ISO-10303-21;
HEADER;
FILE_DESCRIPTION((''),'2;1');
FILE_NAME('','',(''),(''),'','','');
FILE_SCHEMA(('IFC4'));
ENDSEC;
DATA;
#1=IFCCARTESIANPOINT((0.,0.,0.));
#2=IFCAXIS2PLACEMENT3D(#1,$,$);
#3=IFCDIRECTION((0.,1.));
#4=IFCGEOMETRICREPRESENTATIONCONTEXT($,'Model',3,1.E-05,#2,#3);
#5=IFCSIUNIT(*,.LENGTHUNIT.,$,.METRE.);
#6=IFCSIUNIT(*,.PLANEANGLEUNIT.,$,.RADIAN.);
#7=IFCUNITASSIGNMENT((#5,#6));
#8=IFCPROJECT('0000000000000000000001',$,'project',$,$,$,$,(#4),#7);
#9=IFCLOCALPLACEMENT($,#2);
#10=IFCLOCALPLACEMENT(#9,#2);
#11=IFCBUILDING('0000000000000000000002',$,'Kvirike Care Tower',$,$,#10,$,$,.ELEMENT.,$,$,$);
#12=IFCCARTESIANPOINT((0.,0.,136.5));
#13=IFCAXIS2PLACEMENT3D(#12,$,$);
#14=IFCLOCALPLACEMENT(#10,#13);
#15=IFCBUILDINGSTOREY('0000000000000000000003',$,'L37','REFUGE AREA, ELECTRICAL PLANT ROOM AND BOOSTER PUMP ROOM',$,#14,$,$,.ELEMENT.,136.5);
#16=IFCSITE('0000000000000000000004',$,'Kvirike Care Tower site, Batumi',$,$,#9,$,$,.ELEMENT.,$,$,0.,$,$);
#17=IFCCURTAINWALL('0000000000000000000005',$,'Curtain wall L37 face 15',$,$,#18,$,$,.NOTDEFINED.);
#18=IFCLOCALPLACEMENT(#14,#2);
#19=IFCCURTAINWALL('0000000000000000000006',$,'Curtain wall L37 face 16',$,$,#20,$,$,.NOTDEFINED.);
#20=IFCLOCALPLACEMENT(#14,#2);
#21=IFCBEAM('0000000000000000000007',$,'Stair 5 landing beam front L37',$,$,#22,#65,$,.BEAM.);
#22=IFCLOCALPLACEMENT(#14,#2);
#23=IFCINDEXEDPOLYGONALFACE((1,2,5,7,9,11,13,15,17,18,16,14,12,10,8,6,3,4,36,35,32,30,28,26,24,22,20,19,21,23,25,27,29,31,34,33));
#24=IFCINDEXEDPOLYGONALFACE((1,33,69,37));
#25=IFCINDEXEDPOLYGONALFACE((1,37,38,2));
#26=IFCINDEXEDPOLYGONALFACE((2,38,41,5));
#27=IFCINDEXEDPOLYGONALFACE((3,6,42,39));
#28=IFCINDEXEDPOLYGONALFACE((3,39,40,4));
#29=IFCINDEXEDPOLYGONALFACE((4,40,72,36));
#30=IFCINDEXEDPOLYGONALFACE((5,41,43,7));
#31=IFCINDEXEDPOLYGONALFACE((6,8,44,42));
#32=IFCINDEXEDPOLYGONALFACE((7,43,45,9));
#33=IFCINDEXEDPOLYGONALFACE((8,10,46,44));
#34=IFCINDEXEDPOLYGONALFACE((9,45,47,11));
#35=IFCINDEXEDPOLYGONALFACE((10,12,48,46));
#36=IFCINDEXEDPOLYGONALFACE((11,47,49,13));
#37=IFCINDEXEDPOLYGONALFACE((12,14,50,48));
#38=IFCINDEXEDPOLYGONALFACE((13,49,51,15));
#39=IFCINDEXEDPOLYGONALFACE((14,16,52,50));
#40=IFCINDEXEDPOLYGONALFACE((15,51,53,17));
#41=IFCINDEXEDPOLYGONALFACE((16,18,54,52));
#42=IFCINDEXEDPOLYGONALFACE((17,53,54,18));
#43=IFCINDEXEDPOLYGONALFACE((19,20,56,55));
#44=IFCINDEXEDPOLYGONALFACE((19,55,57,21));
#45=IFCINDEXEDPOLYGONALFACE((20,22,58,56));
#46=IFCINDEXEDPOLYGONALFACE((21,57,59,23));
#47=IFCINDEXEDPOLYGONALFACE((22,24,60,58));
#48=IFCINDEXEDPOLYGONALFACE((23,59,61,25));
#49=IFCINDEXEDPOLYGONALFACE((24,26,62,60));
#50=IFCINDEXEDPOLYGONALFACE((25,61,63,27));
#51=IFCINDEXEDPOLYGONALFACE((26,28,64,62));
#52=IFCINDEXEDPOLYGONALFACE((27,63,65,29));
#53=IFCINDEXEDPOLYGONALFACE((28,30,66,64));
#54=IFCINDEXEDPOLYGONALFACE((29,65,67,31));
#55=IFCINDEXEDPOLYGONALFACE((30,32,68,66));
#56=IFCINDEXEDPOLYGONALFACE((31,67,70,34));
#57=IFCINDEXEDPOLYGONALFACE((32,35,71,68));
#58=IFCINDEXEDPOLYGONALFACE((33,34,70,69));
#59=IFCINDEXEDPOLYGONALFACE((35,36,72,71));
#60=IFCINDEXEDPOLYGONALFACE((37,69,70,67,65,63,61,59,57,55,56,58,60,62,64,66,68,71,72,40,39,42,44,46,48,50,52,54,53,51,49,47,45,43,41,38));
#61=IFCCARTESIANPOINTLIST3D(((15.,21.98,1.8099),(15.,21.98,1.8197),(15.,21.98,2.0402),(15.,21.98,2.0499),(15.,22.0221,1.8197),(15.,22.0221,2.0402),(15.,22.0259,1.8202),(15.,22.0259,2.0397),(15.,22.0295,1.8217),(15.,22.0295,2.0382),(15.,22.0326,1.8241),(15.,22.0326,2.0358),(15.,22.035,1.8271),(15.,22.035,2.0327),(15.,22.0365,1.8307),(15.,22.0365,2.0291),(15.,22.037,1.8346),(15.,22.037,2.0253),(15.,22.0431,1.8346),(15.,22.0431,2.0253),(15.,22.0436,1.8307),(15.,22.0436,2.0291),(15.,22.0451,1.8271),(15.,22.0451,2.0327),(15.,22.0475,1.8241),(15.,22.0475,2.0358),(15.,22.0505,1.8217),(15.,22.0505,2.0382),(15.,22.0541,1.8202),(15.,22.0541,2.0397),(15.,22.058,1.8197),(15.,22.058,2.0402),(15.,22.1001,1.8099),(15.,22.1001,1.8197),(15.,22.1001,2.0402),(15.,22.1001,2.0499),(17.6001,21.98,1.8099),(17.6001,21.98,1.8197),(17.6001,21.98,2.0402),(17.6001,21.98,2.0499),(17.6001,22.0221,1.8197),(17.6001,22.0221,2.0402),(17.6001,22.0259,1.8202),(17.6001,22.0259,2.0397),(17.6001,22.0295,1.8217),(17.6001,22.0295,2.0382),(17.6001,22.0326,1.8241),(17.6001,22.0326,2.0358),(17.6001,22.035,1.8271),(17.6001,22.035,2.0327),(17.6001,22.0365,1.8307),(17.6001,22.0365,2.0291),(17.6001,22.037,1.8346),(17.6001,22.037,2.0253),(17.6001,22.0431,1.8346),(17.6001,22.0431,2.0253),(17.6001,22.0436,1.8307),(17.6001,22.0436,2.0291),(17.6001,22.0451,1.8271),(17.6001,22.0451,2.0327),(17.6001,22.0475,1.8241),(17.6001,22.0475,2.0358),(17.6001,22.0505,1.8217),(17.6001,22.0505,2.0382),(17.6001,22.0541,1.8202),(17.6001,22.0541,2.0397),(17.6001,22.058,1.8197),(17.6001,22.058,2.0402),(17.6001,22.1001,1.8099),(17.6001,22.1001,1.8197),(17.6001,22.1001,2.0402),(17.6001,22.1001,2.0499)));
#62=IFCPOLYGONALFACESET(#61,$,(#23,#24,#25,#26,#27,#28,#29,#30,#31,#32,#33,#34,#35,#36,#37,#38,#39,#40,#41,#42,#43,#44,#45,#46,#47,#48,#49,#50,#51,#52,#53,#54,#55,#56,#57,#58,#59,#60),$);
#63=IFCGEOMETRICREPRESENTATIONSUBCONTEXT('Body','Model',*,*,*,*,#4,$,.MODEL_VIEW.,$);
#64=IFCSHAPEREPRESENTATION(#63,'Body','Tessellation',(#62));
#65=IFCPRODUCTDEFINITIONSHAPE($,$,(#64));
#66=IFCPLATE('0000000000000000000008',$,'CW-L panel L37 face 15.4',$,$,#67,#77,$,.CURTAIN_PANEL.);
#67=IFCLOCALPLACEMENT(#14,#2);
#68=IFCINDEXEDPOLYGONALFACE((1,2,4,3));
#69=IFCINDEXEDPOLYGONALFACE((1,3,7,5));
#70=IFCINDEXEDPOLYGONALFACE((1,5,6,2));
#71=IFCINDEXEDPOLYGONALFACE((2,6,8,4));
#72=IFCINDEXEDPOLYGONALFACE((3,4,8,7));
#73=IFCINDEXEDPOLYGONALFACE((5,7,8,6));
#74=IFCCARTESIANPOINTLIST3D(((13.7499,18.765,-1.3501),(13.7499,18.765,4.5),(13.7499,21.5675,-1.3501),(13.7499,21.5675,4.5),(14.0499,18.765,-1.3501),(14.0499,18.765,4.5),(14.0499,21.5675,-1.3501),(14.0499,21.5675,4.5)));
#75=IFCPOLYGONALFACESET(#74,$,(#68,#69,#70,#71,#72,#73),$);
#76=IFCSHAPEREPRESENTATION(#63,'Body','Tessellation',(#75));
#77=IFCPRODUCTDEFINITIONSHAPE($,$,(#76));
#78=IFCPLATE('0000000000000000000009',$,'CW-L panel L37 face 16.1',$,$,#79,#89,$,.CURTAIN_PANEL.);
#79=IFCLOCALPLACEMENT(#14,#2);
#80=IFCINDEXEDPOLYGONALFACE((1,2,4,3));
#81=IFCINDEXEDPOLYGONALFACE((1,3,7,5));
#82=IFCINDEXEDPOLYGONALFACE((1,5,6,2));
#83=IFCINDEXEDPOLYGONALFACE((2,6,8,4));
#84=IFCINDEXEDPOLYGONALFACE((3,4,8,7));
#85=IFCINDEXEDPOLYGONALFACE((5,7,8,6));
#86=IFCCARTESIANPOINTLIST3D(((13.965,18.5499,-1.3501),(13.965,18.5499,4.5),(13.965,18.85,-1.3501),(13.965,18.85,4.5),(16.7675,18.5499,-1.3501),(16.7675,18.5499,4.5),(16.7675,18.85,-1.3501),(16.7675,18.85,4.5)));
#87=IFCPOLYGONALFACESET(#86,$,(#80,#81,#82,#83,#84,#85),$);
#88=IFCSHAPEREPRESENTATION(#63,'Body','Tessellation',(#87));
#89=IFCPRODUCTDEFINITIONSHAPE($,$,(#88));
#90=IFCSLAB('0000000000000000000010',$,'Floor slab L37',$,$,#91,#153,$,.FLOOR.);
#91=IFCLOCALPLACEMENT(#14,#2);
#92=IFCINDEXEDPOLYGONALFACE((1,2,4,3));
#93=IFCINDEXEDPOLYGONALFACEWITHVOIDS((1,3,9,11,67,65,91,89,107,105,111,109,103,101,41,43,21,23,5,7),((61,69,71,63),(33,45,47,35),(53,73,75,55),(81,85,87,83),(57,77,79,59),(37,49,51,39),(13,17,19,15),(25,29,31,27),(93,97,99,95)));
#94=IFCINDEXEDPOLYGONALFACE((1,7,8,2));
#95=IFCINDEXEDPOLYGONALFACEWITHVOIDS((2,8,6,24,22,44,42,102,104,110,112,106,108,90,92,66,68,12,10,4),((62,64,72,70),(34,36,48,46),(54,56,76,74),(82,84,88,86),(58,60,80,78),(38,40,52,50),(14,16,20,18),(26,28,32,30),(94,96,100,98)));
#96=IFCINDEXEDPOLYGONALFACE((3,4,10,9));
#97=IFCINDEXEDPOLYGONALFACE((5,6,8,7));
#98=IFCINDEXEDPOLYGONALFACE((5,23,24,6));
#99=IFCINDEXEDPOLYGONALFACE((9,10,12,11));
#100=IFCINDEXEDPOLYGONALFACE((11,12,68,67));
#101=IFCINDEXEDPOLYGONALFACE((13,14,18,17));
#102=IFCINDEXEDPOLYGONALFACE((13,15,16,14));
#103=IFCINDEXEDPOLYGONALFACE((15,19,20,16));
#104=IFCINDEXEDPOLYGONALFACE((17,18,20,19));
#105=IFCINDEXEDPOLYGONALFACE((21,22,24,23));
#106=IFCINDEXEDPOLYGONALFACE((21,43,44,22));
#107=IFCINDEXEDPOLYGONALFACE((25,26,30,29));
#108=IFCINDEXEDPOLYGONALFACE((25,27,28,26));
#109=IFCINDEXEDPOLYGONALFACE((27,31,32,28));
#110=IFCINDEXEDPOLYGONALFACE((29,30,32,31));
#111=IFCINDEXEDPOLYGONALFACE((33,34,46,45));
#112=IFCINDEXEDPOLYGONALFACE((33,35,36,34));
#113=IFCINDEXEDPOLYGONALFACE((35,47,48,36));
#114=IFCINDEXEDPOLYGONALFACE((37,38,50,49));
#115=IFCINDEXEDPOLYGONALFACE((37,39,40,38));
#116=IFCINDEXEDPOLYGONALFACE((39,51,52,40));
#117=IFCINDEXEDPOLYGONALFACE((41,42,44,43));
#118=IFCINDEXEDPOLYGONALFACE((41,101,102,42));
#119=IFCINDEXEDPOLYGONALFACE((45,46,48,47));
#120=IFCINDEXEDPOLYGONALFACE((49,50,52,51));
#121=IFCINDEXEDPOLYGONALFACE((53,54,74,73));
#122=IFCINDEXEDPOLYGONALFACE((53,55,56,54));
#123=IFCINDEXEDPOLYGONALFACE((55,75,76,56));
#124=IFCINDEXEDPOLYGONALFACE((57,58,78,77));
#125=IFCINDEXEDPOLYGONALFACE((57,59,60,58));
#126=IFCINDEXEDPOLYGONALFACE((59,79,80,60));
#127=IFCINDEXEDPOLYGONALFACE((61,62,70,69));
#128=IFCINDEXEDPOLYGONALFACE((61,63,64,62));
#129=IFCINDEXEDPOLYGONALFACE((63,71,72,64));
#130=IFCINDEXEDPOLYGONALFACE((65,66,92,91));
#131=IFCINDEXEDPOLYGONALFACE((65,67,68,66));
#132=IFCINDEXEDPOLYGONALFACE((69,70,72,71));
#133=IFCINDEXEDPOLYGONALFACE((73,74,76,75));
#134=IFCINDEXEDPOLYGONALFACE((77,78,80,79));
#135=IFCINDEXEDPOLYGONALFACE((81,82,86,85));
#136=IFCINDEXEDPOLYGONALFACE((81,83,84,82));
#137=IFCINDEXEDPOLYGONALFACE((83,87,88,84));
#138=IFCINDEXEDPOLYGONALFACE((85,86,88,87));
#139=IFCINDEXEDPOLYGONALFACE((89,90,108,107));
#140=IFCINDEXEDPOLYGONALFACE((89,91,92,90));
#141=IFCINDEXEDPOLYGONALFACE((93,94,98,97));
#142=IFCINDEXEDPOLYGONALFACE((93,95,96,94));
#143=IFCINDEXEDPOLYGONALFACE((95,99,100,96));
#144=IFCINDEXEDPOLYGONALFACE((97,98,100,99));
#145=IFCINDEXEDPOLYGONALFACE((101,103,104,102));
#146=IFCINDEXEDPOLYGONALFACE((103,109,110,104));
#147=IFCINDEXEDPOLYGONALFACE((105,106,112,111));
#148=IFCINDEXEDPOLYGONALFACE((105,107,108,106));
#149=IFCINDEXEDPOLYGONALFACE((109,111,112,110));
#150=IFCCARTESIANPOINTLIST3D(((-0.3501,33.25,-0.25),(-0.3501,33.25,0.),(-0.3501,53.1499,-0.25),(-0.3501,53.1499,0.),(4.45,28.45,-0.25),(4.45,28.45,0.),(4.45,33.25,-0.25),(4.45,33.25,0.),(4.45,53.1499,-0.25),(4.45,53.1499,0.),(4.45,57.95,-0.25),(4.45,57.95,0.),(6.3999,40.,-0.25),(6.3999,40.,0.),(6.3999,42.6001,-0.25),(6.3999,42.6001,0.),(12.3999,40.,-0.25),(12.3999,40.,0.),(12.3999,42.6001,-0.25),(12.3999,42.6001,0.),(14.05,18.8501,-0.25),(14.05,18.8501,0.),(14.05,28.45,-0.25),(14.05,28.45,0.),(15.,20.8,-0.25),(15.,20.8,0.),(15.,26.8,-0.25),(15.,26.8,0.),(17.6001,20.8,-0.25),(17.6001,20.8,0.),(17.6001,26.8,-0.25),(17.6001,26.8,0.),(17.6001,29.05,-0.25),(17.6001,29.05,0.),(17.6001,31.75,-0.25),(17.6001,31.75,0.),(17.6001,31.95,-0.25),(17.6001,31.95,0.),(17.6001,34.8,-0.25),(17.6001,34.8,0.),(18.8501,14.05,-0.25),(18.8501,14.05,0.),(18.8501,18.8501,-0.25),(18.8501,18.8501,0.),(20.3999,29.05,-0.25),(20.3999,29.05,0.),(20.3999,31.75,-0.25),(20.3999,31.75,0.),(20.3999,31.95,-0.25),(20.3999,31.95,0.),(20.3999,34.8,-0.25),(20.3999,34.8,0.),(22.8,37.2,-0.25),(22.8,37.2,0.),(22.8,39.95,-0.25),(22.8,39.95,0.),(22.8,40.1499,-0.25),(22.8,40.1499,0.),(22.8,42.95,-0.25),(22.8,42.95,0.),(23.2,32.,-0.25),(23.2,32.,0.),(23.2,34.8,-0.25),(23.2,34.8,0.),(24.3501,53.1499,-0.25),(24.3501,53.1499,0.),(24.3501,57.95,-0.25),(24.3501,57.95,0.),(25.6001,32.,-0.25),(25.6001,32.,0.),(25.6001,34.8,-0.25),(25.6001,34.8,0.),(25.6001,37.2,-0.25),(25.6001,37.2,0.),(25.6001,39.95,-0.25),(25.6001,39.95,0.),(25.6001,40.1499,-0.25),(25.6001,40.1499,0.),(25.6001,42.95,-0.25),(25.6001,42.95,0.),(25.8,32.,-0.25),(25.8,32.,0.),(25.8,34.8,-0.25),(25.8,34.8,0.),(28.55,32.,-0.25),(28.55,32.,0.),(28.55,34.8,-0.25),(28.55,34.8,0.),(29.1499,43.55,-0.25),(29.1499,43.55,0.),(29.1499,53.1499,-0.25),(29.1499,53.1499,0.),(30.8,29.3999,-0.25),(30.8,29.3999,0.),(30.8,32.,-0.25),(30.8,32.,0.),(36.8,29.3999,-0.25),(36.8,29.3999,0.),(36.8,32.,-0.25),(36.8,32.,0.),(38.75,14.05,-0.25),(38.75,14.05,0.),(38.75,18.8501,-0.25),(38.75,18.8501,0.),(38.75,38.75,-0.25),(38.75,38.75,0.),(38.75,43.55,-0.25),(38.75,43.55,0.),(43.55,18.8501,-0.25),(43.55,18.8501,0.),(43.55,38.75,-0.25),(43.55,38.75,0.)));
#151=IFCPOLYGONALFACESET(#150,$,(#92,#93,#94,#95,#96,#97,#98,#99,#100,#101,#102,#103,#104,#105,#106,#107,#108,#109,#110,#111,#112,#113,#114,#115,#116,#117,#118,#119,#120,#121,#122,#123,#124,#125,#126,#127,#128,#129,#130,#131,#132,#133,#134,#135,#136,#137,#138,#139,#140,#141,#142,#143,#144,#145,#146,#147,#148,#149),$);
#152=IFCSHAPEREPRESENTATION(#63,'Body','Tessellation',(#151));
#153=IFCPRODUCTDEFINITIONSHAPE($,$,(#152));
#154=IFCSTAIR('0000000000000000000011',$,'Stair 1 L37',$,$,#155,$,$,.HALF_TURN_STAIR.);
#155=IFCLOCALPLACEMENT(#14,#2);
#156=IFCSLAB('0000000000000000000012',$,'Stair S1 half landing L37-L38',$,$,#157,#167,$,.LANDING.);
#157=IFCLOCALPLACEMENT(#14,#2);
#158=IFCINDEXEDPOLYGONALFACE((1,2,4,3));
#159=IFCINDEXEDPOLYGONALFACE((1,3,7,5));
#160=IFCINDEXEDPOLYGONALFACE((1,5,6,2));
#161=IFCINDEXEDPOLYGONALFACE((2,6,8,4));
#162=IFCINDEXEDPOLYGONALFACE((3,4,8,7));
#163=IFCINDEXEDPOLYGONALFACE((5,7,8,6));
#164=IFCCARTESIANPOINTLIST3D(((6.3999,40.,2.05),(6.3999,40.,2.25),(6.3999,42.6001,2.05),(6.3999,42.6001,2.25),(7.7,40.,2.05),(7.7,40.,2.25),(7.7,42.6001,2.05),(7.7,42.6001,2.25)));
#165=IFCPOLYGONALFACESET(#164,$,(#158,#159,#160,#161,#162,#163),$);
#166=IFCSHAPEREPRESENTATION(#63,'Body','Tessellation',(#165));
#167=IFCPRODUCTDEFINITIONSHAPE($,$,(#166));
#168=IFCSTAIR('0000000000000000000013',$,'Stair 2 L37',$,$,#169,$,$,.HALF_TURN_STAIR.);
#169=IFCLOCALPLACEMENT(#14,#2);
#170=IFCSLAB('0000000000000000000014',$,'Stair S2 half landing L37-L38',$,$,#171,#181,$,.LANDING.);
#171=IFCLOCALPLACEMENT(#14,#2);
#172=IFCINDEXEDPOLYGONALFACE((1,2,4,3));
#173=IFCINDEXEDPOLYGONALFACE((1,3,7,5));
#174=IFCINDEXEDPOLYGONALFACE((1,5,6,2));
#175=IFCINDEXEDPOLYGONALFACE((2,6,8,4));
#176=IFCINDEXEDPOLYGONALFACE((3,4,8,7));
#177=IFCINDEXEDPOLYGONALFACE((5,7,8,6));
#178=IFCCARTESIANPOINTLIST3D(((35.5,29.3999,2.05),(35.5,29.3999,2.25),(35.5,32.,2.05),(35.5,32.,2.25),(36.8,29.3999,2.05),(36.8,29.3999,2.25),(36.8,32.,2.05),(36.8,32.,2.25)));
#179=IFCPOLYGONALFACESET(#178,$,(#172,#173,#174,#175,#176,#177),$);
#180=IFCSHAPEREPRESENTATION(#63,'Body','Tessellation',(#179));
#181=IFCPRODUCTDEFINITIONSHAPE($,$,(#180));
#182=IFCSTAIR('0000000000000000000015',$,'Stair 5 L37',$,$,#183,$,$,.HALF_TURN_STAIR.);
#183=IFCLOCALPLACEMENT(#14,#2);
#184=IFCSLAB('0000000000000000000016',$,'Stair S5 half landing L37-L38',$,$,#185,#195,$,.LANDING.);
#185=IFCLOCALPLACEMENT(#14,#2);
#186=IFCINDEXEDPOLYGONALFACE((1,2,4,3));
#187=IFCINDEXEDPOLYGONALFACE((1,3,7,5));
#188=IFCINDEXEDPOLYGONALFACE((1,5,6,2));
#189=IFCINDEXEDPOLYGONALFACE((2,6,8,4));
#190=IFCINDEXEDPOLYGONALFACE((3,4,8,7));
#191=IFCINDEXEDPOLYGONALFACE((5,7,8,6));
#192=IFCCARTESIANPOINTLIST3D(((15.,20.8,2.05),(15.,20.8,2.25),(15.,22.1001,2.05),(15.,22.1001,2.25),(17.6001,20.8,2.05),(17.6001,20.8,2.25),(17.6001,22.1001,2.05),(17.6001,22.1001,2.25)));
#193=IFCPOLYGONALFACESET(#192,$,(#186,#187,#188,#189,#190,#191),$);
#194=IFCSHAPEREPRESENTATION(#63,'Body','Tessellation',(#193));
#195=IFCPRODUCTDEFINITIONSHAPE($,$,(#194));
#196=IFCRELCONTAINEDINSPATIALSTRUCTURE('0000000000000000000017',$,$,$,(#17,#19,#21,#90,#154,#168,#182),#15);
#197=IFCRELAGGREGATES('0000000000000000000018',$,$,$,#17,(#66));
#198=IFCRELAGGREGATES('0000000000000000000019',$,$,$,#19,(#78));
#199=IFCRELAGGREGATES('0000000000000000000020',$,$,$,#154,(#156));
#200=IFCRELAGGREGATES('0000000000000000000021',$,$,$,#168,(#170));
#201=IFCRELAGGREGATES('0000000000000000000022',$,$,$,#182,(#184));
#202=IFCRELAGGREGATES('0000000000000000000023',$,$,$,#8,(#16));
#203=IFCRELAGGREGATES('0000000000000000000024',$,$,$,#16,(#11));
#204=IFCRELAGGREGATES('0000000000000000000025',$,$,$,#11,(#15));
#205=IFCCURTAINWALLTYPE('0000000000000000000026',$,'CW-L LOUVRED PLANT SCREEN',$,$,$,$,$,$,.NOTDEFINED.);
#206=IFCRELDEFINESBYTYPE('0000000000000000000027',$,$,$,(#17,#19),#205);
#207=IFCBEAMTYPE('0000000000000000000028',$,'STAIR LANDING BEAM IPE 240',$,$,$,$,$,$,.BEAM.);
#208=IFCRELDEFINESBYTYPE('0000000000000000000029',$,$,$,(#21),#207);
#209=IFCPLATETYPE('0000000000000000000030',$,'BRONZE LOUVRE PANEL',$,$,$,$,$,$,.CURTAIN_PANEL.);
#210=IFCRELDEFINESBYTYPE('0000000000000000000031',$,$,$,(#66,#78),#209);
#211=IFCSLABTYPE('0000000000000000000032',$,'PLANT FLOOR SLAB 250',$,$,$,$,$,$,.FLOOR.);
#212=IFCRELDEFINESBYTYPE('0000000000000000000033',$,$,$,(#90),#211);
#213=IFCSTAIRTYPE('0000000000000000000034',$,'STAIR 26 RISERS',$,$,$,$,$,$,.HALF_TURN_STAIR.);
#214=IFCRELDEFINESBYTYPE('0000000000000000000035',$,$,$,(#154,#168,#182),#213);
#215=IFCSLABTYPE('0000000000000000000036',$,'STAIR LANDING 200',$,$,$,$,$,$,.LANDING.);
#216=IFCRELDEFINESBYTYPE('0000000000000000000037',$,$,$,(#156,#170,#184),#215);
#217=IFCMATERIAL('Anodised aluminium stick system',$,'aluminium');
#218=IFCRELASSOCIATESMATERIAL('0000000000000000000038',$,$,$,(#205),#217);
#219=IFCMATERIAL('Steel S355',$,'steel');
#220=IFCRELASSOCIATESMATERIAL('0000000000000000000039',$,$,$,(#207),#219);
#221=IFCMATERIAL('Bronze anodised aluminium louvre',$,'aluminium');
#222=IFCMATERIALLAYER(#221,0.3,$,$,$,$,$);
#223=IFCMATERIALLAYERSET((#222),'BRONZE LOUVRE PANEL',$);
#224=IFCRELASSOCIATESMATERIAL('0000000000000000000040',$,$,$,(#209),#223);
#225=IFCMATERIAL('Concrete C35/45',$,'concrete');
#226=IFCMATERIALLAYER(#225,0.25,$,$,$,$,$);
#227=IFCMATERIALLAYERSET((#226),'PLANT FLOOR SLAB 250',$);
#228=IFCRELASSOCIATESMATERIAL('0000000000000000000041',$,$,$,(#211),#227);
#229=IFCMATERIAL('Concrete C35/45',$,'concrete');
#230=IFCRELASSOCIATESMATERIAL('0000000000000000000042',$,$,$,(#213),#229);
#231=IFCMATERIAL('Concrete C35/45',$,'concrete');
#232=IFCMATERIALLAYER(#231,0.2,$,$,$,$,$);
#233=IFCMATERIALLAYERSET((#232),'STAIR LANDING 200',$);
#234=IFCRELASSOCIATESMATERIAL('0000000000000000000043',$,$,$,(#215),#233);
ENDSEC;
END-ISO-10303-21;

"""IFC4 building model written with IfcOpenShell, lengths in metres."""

from ifc_helpers import new_model, si_unit, direction, frame, origin, origin_2d, place, context, subcontext, project, spatial, polyline, rectangle, i_section, outline, extrude, material, layer, layer_set, material_profile, profile_set, type_object, element, aggregate, save


model = new_model("IFC4")

# Units and contexts
model_context = context("Model", 3, precision=1e-05, world=origin(), true_north=direction((0.0, 1.0)))
body_context = subcontext(model_context, "Body", "Model", "MODEL_VIEW")
ifc_project = project(units=[si_unit("LENGTHUNIT", "METRE"), si_unit("PLANEANGLEUNIT", "RADIAN")], contexts=[model_context])

# Site, building, storey
site_placement = place(None, origin())
site = spatial("IfcSite", under=ifc_project, at=site_placement, Name="Kvirike Care Tower site, Batumi", CompositionType="ELEMENT", RefElevation=0.0)
building_placement = place(site_placement, origin())
building = spatial("IfcBuilding", under=site, at=building_placement, Name="Kvirike Care Tower", CompositionType="ELEMENT")
storey_placement = place(building_placement, frame((0.0, 0.0, 136.5)))
storey = spatial("IfcBuildingStorey", under=building, at=storey_placement, Name="L37", Description="REFUGE AREA, ELECTRICAL PLANT ROOM AND BOOSTER PUMP ROOM", CompositionType="ELEMENT", Elevation=136.5)

# Curtain walls
ifc_material_1 = material(Name="Anodised aluminium stick system", Category="aluminium")
curtain_wall_type = type_object("IfcCurtainWallType", Name="CW-L LOUVRED PLANT SCREEN", PredefinedType="NOTDEFINED", material=ifc_material_1)
curtain_wall_1_placement = place(storey_placement, origin())
curtain_wall_1 = element("IfcCurtainWall", 1, at=curtain_wall_1_placement, inside=storey, type_object=curtain_wall_type, Name="Curtain wall L37 face 15", PredefinedType="NOTDEFINED")
curtain_wall_2_placement = place(storey_placement, origin())
curtain_wall_2 = element("IfcCurtainWall", 2, at=curtain_wall_2_placement, inside=storey, type_object=curtain_wall_type, Name="Curtain wall L37 face 16", PredefinedType="NOTDEFINED")

# Beam
ifc_material_2 = material(Name="Steel S355", Category="steel")
ifc_material_profile_1 = material_profile(ifc_material_2, i_section(OverallWidth=0.1201, OverallDepth=0.24, WebThickness=0.0061, FlangeThickness=0.0098, FilletRadius=0.0149, at=origin_2d()), Name="IPE 240")
ifc_profile_set_1 = profile_set([ifc_material_profile_1], Name="Steel S355")
beam_type_1 = type_object("IfcBeamType", Name="STAIR LANDING BEAM IPE 240", PredefinedType="BEAM", material=ifc_profile_set_1)
for number, where, z_axis, x_axis, name in (
    (3, (15.0, 22.04, 1.9299), (1.0, 0.0, 0.0), (0.0, 1.0, 0.0), "Stair 5 landing beam front L37"),
):
    element("IfcBeam", number, at=place(storey_placement, frame(where, z_axis=z_axis, x_axis=x_axis)), inside=storey, type_object=beam_type_1, Name=name, PredefinedType="BEAM", context=body_context, shape_type="SweptSolid", body=[
        extrude(i_section(OverallWidth=0.1201, OverallDepth=0.24, WebThickness=0.0061, FlangeThickness=0.0098, FilletRadius=0.0149, at=origin_2d()), origin(), (0.0, 0.0, 1.0), 2.6001),
    ])

# Plates
ifc_material_3 = material(Name="Bronze anodised aluminium louvre", Category="aluminium")
ifc_layer_1 = layer(ifc_material_3, 0.3)
ifc_layer_set_1 = layer_set([ifc_layer_1], Name="BRONZE LOUVRE PANEL")
plate_type = type_object("IfcPlateType", Name="BRONZE LOUVRE PANEL", PredefinedType="CURTAIN_PANEL", material=ifc_layer_set_1)
plate_1_placement = place(storey_placement, frame((13.8999, 20.1663, -1.3501), z_axis=(0.0, 0.0, 1.0), x_axis=(0.0, -1.0, 0.0)))
plate_1 = element("IfcPlate", 4, at=plate_1_placement, type_object=plate_type, Name="CW-L panel L37 face 15.4", PredefinedType="CURTAIN_PANEL", context=body_context, shape_type="SweptSolid", body=[
    extrude(rectangle(XDim=2.8025, YDim=0.3, at=origin_2d()), origin(), (0.0, 0.0, 1.0), 5.8501),
])
aggregate(curtain_wall_1, [plate_1])
plate_2_placement = place(storey_placement, frame((15.3662, 18.7, -1.3501), z_axis=(0.0, 0.0, 1.0), x_axis=(1.0, 0.0, 0.0)))
plate_2 = element("IfcPlate", 5, at=plate_2_placement, type_object=plate_type, Name="CW-L panel L37 face 16.1", PredefinedType="CURTAIN_PANEL", context=body_context, shape_type="SweptSolid", body=[
    extrude(rectangle(XDim=2.8025, YDim=0.3, at=origin_2d()), origin(), (0.0, 0.0, 1.0), 5.8501),
])
aggregate(curtain_wall_2, [plate_2])

# Slab
ifc_material_4 = material(Name="Concrete C35/45", Category="concrete")
ifc_layer_2 = layer(ifc_material_4, 0.25)
ifc_layer_set_2 = layer_set([ifc_layer_2], Name="PLANT FLOOR SLAB 250")
slab_type_1 = type_object("IfcSlabType", Name="PLANT FLOOR SLAB 250", PredefinedType="FLOOR", material=ifc_layer_set_2)
slab_1_placement = place(storey_placement, frame((0.0, 0.0, -0.25)))
element("IfcSlab", 6, at=slab_1_placement, inside=storey, type_object=slab_type_1, Name="Floor slab L37", PredefinedType="FLOOR", context=body_context, shape_type="SweptSolid", body=[
    extrude(outline(polyline([(43.55, 18.8501), (43.55, 38.75), (38.75, 38.75), (38.75, 43.55), (29.1499, 43.55), (29.1499, 53.1499), (24.3501, 53.1499), (24.3501, 57.95), (4.45, 57.95), (4.45, 53.1499), (-0.3501, 53.1499), (-0.3501, 33.25), (4.45, 33.25), (4.45, 28.45), (14.05, 28.45), (14.05, 18.8501), (18.8501, 18.8501), (18.8501, 14.05), (38.75, 14.05), (38.75, 18.8501), (43.55, 18.8501)]), holes=[polyline([(17.6001, 29.05), (17.6001, 31.75), (20.3999, 31.75), (20.3999, 29.05), (17.6001, 29.05)]), polyline([(17.6001, 31.95), (17.6001, 34.8), (20.3999, 34.8), (20.3999, 31.95), (17.6001, 31.95)]), polyline([(22.8, 37.2), (22.8, 39.95), (25.6001, 39.95), (25.6001, 37.2), (22.8, 37.2)]), polyline([(22.8, 40.1499), (22.8, 42.95), (25.6001, 42.95), (25.6001, 40.1499), (22.8, 40.1499)]), polyline([(23.2, 32.0), (23.2, 34.8), (25.6001, 34.8), (25.6001, 32.0), (23.2, 32.0)]), polyline([(25.8, 32.0), (25.8, 34.8), (28.55, 34.8), (28.55, 32.0), (25.8, 32.0)]), polyline([(12.3999, 42.6001), (12.3999, 40.0), (6.3999, 40.0), (6.3999, 42.6001), (12.3999, 42.6001)]), polyline([(30.8, 29.3999), (30.8, 32.0), (36.8, 32.0), (36.8, 29.3999), (30.8, 29.3999)]), polyline([(15.0, 26.8), (17.6001, 26.8), (17.6001, 20.8), (15.0, 20.8), (15.0, 26.8)])]), origin(), (0.0, 0.0, 1.0), 0.25),
])

# Stairs, slabs
ifc_material_5 = material(Name="Concrete C35/45", Category="concrete")
stair_type = type_object("IfcStairType", Name="STAIR 26 RISERS", PredefinedType="HALF_TURN_STAIR", material=ifc_material_5)
stair_1_placement = place(storey_placement, origin())
stair_1 = element("IfcStair", 7, at=stair_1_placement, inside=storey, type_object=stair_type, Name="Stair 1 L37", PredefinedType="HALF_TURN_STAIR")
ifc_material_6 = material(Name="Concrete C35/45", Category="concrete")
ifc_layer_3 = layer(ifc_material_6, 0.2)
ifc_layer_set_3 = layer_set([ifc_layer_3], Name="STAIR LANDING 200")
slab_type_2 = type_object("IfcSlabType", Name="STAIR LANDING 200", PredefinedType="LANDING", material=ifc_layer_set_3)
slab_2_placement = place(storey_placement, frame((0.0, 0.0, 2.05)))
slab_2 = element("IfcSlab", 8, at=slab_2_placement, type_object=slab_type_2, Name="Stair S1 half landing L37-L38", PredefinedType="LANDING", context=body_context, shape_type="SweptSolid", body=[
    extrude(outline(polyline([(6.3999, 42.6001), (6.3999, 40.0), (7.7, 40.0), (7.7, 42.6001), (6.3999, 42.6001)])), origin(), (0.0, 0.0, 1.0), 0.2),
])
stair_2_placement = place(storey_placement, origin())
stair_2 = element("IfcStair", 9, at=stair_2_placement, inside=storey, type_object=stair_type, Name="Stair 2 L37", PredefinedType="HALF_TURN_STAIR")
slab_3_placement = place(storey_placement, frame((0.0, 0.0, 2.05)))
slab_3 = element("IfcSlab", 10, at=slab_3_placement, type_object=slab_type_2, Name="Stair S2 half landing L37-L38", PredefinedType="LANDING", context=body_context, shape_type="SweptSolid", body=[
    extrude(outline(polyline([(36.8, 29.3999), (36.8, 32.0), (35.5, 32.0), (35.5, 29.3999), (36.8, 29.3999)])), origin(), (0.0, 0.0, 1.0), 0.2),
])
stair_3_placement = place(storey_placement, origin())
stair_3 = element("IfcStair", 11, at=stair_3_placement, inside=storey, type_object=stair_type, Name="Stair 5 L37", PredefinedType="HALF_TURN_STAIR")
slab_4_placement = place(storey_placement, frame((0.0, 0.0, 2.05)))
slab_4 = element("IfcSlab", 12, at=slab_4_placement, type_object=slab_type_2, Name="Stair S5 half landing L37-L38", PredefinedType="LANDING", context=body_context, shape_type="SweptSolid", body=[
    extrude(outline(polyline([(15.0, 20.8), (17.6001, 20.8), (17.6001, 22.1001), (15.0, 22.1001), (15.0, 20.8)])), origin(), (0.0, 0.0, 1.0), 0.2),
])

aggregate(stair_1, [slab_2])
aggregate(stair_2, [slab_3])

aggregate(stair_3, [slab_4])

save(model, "model.ifc")
